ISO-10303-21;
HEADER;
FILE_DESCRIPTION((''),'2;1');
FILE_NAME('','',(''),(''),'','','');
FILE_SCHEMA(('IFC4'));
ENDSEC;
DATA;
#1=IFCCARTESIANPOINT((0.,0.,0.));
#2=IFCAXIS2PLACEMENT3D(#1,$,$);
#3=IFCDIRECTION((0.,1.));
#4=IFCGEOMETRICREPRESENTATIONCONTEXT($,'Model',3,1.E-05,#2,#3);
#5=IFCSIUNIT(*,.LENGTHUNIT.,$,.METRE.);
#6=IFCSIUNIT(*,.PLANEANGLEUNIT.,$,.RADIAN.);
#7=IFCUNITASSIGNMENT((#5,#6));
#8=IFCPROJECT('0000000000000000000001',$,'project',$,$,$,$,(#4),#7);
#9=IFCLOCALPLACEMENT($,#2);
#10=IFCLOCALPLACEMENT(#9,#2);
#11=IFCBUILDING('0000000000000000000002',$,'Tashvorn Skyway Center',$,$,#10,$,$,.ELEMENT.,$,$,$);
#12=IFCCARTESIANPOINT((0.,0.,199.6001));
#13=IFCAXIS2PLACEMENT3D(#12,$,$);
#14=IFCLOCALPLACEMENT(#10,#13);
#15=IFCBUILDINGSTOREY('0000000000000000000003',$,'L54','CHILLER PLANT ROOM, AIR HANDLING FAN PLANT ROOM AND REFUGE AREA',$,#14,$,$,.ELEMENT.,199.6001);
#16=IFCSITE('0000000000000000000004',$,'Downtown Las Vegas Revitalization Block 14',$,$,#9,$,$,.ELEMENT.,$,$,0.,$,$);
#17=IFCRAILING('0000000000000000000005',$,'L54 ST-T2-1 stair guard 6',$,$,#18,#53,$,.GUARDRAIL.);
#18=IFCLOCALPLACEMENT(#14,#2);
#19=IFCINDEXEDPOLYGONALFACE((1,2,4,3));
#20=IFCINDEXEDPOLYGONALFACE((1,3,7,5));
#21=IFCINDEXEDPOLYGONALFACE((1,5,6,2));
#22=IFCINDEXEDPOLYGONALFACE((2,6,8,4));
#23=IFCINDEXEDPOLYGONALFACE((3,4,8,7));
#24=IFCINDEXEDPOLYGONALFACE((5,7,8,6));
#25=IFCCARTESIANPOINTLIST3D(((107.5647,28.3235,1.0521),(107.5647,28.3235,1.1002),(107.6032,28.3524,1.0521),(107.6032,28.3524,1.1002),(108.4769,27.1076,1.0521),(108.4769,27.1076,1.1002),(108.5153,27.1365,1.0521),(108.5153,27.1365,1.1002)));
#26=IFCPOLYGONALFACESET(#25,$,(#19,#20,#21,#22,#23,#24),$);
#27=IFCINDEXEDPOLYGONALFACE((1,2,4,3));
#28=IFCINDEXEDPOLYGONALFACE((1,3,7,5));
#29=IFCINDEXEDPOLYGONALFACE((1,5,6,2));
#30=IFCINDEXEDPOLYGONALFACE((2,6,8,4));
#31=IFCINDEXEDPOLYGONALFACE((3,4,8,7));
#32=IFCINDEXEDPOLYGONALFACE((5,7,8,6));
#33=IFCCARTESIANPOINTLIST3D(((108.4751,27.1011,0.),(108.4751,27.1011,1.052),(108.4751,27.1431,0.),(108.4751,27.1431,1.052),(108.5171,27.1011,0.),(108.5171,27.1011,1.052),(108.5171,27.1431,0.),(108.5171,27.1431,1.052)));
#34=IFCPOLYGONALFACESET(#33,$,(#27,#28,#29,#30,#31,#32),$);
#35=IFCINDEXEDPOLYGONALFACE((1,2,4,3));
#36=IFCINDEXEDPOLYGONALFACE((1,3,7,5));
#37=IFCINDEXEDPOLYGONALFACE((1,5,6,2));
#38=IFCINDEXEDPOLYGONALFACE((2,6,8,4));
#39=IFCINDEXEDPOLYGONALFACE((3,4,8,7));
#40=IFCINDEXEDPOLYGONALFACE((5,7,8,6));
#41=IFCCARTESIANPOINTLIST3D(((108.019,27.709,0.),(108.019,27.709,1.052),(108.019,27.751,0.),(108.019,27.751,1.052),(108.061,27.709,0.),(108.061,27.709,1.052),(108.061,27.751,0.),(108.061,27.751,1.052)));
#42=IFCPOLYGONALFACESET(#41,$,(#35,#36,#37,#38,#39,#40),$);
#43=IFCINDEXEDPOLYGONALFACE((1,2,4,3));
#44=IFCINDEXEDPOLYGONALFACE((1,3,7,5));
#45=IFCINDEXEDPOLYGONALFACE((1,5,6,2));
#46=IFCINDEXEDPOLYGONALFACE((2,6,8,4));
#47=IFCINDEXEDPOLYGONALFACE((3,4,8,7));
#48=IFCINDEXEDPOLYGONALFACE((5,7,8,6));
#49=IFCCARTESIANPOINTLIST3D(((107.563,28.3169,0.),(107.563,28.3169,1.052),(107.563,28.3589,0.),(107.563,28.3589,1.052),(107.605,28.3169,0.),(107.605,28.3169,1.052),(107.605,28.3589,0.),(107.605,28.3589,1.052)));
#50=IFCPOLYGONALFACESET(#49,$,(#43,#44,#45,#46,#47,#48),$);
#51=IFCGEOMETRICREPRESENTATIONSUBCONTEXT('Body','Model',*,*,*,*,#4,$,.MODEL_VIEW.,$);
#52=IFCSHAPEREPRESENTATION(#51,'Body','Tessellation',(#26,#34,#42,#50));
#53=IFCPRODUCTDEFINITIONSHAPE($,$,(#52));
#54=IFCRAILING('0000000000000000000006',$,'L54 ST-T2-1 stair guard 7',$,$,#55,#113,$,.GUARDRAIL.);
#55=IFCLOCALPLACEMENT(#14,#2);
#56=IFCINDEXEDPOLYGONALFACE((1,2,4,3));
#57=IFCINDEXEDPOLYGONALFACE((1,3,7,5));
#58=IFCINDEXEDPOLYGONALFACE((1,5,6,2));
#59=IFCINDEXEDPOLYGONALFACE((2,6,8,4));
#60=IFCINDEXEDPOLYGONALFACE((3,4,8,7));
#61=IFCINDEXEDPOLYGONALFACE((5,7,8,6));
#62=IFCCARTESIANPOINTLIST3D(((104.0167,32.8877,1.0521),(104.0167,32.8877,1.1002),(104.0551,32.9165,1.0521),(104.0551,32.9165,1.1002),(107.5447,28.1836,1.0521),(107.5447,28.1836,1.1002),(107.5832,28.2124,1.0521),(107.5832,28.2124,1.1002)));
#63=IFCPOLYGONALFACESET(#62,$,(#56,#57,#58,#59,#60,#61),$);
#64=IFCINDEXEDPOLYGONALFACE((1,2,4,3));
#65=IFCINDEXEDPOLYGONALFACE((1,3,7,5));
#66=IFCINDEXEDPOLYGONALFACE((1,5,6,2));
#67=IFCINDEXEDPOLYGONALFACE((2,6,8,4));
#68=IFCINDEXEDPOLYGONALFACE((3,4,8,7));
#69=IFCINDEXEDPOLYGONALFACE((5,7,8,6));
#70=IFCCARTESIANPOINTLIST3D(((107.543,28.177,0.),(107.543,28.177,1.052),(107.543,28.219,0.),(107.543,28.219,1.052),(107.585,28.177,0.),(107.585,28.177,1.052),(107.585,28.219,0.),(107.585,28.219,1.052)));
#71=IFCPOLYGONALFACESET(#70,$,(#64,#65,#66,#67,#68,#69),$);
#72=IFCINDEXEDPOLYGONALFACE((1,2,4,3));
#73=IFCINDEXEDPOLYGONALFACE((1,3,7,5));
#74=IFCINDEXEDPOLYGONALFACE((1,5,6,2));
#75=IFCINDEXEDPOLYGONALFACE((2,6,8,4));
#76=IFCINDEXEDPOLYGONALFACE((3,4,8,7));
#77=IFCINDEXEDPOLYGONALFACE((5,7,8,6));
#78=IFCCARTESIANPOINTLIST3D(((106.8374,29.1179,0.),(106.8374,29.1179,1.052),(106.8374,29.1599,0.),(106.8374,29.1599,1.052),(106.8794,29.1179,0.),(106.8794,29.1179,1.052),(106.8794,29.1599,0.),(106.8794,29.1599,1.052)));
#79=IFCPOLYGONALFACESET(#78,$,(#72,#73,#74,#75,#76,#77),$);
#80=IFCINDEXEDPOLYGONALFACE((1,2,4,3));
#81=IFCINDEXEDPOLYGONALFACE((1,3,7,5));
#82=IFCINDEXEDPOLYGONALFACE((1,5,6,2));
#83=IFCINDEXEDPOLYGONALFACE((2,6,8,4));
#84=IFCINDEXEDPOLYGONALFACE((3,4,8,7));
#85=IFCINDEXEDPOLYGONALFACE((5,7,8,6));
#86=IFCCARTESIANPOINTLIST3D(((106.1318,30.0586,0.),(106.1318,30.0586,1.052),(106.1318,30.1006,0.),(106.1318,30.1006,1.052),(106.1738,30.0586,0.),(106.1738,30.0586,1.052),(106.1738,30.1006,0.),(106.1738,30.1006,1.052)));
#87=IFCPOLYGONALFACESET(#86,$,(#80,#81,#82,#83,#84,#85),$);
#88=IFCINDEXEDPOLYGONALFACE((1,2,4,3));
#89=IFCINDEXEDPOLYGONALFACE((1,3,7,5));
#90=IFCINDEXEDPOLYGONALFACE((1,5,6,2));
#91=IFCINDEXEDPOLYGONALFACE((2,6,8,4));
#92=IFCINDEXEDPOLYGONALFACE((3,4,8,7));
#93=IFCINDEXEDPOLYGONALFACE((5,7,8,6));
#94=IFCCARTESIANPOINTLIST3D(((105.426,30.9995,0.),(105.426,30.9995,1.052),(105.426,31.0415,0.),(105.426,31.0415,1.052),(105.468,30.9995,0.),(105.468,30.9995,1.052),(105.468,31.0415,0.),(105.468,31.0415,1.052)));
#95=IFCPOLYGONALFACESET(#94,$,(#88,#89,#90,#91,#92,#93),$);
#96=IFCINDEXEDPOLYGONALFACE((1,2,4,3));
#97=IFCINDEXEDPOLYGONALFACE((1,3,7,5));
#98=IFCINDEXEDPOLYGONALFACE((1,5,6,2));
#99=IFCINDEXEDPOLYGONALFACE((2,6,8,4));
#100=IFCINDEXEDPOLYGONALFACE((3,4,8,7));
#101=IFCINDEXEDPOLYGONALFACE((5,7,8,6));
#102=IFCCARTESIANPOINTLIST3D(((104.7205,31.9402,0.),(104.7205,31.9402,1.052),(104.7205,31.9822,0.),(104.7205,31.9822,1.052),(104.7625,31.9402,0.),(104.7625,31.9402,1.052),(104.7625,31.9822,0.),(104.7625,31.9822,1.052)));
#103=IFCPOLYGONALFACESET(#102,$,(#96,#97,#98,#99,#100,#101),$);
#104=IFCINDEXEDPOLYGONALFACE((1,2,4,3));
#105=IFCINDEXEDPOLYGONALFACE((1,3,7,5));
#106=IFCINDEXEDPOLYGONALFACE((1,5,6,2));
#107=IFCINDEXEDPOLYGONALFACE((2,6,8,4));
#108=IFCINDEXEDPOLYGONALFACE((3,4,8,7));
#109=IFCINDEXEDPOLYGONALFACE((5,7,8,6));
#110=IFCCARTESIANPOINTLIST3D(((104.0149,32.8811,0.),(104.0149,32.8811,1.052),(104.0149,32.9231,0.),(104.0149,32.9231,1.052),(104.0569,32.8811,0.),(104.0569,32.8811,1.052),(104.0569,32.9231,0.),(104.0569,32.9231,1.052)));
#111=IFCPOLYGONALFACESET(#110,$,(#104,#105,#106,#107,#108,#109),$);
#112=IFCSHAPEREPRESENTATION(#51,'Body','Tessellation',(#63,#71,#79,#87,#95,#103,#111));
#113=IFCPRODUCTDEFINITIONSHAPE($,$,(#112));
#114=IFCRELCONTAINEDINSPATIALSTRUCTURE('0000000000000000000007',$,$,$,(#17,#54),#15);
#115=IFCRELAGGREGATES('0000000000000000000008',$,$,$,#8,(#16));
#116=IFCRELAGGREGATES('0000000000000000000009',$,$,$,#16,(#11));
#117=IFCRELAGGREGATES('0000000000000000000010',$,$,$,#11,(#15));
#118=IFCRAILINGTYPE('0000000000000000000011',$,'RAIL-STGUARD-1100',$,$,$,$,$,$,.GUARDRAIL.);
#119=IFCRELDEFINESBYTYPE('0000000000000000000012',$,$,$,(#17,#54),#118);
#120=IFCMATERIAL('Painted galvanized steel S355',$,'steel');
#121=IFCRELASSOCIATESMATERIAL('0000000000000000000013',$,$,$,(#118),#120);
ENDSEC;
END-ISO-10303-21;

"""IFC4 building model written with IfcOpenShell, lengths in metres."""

from ifc_helpers import new_model, si_unit, direction, frame, origin, origin_2d, place, context, subcontext, project, spatial, rectangle, extrude, material, type_object, element, save


model = new_model("IFC4")

# Units and contexts
model_context = context("Model", 3, precision=1e-05, world=origin(), true_north=direction((0.0, 1.0)))
body_context = subcontext(model_context, "Body", "Model", "MODEL_VIEW")
ifc_project = project(units=[si_unit("LENGTHUNIT", "METRE"), si_unit("PLANEANGLEUNIT", "RADIAN")], contexts=[model_context])

# Site, building, storey
site_placement = place(None, origin())
site = spatial("IfcSite", under=ifc_project, at=site_placement, Name="Downtown Las Vegas Revitalization Block 14", CompositionType="ELEMENT", RefElevation=0.0)
building_placement = place(site_placement, origin())
building = spatial("IfcBuilding", under=site, at=building_placement, Name="Tashvorn Skyway Center", CompositionType="ELEMENT")
storey_placement = place(building_placement, frame((0.0, 0.0, 199.6001)))
storey = spatial("IfcBuildingStorey", under=building, at=storey_placement, Name="L54", Description="CHILLER PLANT ROOM, AIR HANDLING FAN PLANT ROOM AND REFUGE AREA", CompositionType="ELEMENT", Elevation=199.6001)

# Railings
ifc_material_1 = material(Name="Painted galvanized steel S355", Category="steel")
railing_type = type_object("IfcRailingType", Name="RAIL-STGUARD-1100", PredefinedType="GUARDRAIL", material=ifc_material_1)
railing_1_placement = place(storey_placement, frame((108.4961, 27.1221, 0.0)))
element("IfcRailing", 1, at=railing_1_placement, inside=storey, type_object=railing_type, Name="L54 ST-T2-1 stair guard 6", PredefinedType="GUARDRAIL", context=body_context, shape_type="SweptSolid", body=[
    extrude(rectangle(XDim=0.0481, YDim=0.0481, at=origin_2d()), frame((0.0, 0.0, 1.0762), z_axis=(-0.600103, 0.799923, 0.0), x_axis=(-0.799923, -0.600103, 0.0)), (0.0, 0.0, 1.0), 1.52),
    extrude(rectangle(XDim=0.042, YDim=0.042, at=origin_2d()), origin(), (0.0, 0.0, 1.0), 1.052),
    extrude(rectangle(XDim=0.042, YDim=0.042, at=origin_2d()), frame((-0.4561, 0.6079, 0.0)), (0.0, 0.0, 1.0), 1.052),
    extrude(rectangle(XDim=0.042, YDim=0.042, at=origin_2d()), frame((-0.9121, 1.2158, 0.0)), (0.0, 0.0, 1.0), 1.052),
])
railing_2_placement = place(storey_placement, frame((107.564, 28.198, 0.0)))
element("IfcRailing", 2, at=railing_2_placement, inside=storey, type_object=railing_type, Name="L54 ST-T2-1 stair guard 7", PredefinedType="GUARDRAIL", context=body_context, shape_type="SweptSolid", body=[
    extrude(rectangle(XDim=0.0481, YDim=0.0481, at=origin_2d()), frame((0.0, 0.0, 1.0762), z_axis=(-0.6, 0.8, 0.0), x_axis=(-0.8, -0.6, 0.0)), (0.0, 0.0, 1.0), 5.8801),
    extrude(rectangle(XDim=0.042, YDim=0.042, at=origin_2d()), origin(), (0.0, 0.0, 1.0), 1.052),
    extrude(rectangle(XDim=0.042, YDim=0.042, at=origin_2d()), frame((-0.7056, 0.9409, 0.0)), (0.0, 0.0, 1.0), 1.052),
    extrude(rectangle(XDim=0.042, YDim=0.042, at=origin_2d()), frame((-1.4111, 1.8816, 0.0)), (0.0, 0.0, 1.0), 1.052),
    extrude(rectangle(XDim=0.042, YDim=0.042, at=origin_2d()), frame((-2.1169, 2.8225, 0.0)), (0.0, 0.0, 1.0), 1.052),
    extrude(rectangle(XDim=0.042, YDim=0.042, at=origin_2d()), frame((-2.8225, 3.7632, 0.0)), (0.0, 0.0, 1.0), 1.052),
    extrude(rectangle(XDim=0.042, YDim=0.042, at=origin_2d()), frame((-3.5281, 4.7041, 0.0)), (0.0, 0.0, 1.0), 1.052),
])

save(model, "model.ifc")
